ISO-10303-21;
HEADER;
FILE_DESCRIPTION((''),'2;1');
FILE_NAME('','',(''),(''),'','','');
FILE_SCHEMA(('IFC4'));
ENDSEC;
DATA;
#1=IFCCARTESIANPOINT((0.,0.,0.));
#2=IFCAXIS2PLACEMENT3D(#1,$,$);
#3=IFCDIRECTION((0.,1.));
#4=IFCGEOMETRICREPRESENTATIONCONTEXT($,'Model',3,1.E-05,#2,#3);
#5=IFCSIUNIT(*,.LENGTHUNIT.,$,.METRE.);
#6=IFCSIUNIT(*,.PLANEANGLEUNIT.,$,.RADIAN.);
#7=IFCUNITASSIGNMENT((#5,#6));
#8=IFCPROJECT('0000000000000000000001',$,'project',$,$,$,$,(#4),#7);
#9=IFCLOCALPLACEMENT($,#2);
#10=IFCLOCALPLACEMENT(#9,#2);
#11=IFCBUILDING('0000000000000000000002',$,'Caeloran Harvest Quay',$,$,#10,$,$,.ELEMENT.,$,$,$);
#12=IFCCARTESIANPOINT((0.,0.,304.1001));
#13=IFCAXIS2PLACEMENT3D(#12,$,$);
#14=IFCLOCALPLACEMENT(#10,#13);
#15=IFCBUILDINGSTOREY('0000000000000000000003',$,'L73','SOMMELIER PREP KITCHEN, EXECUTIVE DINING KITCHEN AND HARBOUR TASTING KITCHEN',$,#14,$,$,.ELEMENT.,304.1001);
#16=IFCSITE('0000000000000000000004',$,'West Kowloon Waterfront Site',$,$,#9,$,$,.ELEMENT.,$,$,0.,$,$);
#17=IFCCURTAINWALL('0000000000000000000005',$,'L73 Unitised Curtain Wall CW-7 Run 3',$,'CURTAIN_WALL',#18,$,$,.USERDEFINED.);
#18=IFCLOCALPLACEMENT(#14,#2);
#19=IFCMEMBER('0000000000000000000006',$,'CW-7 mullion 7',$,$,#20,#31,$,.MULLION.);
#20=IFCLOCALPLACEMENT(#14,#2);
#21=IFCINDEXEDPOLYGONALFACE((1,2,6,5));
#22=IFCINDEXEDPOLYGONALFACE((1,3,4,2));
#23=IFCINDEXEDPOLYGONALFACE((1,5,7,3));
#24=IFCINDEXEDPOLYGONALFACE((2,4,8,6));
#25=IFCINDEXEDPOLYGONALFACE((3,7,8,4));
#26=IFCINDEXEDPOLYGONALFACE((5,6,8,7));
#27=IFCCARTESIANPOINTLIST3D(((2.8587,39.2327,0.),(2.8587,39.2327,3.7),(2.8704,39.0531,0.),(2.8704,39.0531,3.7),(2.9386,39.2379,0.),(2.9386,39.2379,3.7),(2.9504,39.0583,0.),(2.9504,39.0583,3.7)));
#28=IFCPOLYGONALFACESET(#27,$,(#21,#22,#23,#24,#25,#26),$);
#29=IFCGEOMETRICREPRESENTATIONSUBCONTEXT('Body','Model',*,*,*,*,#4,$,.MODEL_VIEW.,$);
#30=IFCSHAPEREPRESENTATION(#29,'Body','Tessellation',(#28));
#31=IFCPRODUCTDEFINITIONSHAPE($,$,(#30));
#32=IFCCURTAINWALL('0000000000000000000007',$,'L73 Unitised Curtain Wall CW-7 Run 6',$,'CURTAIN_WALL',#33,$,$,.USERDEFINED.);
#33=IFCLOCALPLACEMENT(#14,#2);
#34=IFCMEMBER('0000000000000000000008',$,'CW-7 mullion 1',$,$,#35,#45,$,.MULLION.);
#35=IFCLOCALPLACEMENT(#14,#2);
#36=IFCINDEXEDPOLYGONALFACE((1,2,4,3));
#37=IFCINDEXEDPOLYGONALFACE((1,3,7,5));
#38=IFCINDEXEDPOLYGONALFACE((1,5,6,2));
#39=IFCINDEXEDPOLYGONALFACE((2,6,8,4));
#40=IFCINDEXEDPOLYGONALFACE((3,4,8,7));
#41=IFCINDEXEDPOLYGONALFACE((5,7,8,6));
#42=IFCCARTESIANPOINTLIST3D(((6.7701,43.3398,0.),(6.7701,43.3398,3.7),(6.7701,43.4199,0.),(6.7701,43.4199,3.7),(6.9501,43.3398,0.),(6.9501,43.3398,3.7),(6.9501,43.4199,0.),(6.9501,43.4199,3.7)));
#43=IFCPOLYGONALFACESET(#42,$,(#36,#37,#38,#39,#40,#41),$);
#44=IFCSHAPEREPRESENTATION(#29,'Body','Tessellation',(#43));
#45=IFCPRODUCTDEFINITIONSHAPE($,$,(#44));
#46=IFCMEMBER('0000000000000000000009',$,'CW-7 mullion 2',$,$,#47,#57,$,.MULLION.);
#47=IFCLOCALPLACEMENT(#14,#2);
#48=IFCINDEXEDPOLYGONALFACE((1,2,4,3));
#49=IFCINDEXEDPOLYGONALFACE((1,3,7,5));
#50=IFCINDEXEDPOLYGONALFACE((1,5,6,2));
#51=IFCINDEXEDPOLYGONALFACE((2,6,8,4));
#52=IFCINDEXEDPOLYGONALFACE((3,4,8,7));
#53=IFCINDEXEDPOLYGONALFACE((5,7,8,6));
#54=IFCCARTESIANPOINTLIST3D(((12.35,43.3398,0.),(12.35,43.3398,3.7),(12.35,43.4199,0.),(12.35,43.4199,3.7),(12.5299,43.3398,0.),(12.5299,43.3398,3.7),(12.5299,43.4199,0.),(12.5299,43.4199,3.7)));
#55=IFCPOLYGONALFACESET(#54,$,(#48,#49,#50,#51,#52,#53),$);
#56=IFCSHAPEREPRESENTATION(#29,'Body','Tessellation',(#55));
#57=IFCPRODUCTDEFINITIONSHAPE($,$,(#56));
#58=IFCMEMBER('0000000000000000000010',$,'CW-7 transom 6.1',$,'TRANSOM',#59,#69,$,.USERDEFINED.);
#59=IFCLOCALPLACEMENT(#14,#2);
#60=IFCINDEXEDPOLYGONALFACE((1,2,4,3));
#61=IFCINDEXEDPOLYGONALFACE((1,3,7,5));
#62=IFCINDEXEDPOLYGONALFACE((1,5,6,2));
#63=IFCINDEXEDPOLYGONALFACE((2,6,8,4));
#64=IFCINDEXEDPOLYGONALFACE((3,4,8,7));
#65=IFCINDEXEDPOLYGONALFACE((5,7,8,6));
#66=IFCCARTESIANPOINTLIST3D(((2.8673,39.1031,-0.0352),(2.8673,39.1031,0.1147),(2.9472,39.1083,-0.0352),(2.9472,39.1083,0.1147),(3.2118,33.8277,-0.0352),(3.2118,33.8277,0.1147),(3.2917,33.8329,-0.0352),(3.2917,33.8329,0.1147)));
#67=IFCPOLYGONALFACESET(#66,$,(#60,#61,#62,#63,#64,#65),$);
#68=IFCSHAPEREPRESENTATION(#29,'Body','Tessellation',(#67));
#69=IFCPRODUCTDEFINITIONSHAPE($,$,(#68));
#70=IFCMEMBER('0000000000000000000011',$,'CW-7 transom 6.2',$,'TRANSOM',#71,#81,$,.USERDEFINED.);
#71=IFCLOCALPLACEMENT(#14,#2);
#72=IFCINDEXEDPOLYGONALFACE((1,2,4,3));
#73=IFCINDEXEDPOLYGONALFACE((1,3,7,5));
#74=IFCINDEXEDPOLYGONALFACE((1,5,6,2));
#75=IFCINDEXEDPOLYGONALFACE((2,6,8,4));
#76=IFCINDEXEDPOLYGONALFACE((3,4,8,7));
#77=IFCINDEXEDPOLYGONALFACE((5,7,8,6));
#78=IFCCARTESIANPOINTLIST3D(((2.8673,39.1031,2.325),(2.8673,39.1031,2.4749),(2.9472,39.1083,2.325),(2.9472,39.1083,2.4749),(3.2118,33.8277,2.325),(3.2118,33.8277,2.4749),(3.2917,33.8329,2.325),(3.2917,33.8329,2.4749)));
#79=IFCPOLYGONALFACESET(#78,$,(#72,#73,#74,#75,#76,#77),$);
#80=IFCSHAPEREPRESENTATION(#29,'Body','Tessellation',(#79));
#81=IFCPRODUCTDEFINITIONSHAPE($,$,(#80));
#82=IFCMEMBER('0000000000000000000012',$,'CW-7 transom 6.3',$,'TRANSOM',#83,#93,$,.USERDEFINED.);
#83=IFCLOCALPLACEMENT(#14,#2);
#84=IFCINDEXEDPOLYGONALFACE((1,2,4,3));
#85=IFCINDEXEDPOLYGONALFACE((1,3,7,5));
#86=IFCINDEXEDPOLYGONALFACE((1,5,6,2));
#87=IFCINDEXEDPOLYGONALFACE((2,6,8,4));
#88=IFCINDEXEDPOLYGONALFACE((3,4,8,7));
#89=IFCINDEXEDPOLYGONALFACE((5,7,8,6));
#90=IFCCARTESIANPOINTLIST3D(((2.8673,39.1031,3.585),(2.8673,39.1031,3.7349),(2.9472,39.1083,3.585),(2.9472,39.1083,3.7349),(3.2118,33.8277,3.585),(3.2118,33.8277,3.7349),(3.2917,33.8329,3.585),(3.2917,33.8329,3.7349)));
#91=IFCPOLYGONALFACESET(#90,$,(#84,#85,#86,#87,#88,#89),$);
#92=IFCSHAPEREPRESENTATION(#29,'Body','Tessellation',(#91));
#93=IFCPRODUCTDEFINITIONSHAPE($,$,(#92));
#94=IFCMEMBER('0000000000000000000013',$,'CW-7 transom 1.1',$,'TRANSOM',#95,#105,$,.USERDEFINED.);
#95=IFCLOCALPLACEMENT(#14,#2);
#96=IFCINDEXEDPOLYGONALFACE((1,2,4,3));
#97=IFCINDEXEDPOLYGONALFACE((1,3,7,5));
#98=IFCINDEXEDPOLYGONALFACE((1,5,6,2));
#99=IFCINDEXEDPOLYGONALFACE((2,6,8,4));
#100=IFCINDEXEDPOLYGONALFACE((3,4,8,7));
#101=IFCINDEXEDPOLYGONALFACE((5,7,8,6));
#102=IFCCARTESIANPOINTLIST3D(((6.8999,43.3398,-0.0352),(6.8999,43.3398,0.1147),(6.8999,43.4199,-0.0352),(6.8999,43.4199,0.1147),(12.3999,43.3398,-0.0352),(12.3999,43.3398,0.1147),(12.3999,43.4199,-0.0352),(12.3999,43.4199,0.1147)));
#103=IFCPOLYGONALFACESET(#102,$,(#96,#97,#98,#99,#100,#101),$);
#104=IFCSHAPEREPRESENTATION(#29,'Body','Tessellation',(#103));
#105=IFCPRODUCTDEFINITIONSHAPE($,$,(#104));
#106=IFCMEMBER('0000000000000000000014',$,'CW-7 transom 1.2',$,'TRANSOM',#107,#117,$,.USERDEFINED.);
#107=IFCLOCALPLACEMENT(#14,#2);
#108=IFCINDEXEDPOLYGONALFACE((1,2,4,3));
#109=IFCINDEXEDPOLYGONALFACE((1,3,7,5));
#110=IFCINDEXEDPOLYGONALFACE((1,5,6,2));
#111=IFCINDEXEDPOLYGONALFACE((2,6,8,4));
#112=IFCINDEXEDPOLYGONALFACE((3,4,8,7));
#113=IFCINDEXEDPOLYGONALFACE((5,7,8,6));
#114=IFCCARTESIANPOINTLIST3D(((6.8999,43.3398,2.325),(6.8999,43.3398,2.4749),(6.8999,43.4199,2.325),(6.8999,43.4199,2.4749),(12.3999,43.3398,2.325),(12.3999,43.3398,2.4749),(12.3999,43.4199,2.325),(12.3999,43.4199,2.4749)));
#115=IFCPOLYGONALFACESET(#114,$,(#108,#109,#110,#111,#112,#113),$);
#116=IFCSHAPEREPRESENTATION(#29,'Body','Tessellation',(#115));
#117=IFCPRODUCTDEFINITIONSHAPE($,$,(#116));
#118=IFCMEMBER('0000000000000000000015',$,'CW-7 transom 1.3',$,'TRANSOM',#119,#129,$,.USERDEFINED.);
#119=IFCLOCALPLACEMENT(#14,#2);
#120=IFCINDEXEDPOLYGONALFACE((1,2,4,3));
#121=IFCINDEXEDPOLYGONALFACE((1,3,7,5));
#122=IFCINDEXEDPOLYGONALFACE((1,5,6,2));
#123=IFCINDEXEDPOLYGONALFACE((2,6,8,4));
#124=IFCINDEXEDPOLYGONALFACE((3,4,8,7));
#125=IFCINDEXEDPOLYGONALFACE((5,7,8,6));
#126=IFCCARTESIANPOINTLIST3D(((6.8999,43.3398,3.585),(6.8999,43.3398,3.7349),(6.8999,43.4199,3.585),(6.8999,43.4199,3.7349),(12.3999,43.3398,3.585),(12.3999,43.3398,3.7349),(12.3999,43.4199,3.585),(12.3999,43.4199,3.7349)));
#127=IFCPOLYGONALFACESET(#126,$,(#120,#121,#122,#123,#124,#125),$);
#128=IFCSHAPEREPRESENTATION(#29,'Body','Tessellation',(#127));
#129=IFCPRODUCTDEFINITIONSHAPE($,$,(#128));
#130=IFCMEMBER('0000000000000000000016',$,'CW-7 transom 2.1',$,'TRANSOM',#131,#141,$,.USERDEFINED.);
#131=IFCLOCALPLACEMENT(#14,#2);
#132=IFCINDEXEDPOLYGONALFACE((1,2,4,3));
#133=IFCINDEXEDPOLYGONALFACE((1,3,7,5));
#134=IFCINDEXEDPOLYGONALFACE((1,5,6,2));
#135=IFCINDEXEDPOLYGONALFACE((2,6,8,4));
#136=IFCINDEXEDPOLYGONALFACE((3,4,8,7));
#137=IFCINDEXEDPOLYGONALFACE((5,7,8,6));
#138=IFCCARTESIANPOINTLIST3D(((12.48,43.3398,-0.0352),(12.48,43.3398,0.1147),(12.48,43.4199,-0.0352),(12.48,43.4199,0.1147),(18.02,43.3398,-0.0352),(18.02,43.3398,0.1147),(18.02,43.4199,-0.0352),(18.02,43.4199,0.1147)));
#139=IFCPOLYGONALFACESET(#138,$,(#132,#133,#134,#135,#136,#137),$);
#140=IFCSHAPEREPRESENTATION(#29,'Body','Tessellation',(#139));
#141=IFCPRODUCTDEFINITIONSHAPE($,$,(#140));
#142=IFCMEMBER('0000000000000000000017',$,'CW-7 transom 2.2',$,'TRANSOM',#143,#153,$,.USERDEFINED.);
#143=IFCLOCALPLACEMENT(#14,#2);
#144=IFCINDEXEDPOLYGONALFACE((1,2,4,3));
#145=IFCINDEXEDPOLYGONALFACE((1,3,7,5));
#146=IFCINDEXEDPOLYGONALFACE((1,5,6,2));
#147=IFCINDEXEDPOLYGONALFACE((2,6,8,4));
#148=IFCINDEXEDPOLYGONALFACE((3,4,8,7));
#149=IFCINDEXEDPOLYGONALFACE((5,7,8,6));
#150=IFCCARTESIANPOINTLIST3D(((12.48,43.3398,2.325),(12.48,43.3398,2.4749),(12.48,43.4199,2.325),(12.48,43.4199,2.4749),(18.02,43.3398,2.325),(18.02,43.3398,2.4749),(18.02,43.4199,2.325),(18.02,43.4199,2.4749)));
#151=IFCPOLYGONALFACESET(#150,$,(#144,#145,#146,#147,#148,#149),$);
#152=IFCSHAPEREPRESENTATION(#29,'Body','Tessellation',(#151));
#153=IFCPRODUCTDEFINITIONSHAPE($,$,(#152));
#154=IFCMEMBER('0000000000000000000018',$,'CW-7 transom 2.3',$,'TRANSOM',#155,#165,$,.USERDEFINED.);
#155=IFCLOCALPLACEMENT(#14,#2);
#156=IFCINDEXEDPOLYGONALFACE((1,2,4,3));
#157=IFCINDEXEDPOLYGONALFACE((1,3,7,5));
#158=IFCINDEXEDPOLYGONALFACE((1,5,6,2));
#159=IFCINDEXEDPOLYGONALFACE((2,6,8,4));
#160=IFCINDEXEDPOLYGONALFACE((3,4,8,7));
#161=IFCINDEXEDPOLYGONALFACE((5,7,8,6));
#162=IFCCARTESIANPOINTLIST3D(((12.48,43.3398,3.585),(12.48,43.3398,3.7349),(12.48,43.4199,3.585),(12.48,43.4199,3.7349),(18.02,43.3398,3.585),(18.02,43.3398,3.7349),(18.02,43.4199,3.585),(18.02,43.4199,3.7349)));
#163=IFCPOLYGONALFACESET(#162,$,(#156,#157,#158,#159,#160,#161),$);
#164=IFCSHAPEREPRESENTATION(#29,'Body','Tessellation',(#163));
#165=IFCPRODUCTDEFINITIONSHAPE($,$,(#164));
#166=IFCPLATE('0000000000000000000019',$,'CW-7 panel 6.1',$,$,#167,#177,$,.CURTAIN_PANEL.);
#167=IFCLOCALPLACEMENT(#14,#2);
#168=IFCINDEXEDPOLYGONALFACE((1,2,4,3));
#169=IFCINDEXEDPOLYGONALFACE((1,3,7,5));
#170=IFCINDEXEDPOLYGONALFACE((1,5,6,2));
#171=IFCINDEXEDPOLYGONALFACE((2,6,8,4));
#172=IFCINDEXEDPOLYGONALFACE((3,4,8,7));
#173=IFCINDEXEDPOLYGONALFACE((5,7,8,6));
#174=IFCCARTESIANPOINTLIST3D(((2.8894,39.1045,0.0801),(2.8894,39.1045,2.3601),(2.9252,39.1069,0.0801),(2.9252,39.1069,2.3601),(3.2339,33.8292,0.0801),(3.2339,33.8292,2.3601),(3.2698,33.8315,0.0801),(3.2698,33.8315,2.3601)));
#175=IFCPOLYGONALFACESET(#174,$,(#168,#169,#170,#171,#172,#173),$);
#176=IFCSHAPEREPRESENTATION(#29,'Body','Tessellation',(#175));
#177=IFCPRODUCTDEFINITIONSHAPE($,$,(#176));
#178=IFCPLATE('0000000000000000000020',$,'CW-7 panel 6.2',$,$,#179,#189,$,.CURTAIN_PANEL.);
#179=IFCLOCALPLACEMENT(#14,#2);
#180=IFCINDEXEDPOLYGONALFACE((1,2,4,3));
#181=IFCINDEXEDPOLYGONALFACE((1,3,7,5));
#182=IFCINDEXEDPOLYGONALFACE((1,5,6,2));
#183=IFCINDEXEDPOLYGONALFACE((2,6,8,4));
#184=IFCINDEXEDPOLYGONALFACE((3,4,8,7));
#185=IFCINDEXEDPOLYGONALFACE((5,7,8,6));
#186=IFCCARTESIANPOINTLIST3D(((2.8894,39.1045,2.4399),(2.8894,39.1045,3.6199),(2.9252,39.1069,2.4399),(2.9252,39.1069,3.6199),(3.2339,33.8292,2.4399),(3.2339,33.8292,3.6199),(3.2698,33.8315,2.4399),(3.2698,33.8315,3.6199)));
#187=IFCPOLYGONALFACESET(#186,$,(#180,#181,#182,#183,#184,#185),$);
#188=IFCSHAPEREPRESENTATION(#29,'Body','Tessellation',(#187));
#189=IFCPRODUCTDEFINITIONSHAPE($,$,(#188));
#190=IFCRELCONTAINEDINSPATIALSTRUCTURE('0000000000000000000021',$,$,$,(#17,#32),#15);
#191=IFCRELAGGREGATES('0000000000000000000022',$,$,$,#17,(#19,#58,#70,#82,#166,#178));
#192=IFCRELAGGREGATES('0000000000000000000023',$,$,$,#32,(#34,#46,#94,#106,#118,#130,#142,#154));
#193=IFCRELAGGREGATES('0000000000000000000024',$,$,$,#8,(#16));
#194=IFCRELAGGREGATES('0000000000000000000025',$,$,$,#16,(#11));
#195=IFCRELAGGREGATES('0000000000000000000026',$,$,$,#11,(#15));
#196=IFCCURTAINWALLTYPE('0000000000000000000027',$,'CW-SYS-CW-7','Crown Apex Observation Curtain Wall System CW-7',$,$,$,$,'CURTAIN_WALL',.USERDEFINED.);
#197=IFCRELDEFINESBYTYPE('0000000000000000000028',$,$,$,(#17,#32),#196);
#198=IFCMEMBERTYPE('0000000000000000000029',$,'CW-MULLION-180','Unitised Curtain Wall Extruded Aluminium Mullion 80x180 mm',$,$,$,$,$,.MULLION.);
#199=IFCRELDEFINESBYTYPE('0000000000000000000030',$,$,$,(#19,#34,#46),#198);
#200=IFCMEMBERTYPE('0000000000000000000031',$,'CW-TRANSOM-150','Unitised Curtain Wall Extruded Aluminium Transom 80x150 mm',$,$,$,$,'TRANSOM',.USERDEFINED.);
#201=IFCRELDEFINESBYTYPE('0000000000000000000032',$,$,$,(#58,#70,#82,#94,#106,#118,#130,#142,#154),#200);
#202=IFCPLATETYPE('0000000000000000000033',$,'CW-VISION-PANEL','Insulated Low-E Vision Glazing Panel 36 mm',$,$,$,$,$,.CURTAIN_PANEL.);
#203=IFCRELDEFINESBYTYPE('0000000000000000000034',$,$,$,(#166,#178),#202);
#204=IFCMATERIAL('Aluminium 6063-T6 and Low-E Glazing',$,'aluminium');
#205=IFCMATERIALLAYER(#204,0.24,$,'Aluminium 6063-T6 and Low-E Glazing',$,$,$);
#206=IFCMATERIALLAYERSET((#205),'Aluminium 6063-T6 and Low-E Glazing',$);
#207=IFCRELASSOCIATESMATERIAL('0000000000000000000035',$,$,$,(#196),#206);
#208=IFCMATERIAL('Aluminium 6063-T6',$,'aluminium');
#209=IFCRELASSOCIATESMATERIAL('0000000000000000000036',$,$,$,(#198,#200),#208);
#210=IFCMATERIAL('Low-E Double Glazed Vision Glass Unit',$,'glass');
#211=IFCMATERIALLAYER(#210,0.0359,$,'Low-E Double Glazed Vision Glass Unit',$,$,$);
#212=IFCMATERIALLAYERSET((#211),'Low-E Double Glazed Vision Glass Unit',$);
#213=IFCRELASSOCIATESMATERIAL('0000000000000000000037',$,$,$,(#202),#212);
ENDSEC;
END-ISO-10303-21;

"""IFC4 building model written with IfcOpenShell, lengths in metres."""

from ifc_helpers import new_model, si_unit, direction, frame, origin, origin_2d, place, context, subcontext, project, spatial, rectangle, extrude, material, layer, layer_set, material_profile, profile_set, type_object, element, aggregate, save


model = new_model("IFC4")

# Units and contexts
model_context = context("Model", 3, precision=1e-05, world=origin(), true_north=direction((0.0, 1.0)))
body_context = subcontext(model_context, "Body", "Model", "MODEL_VIEW")
ifc_project = project(units=[si_unit("LENGTHUNIT", "METRE"), si_unit("PLANEANGLEUNIT", "RADIAN")], contexts=[model_context])

# Site, building, storey
site_placement = place(None, origin())
site = spatial("IfcSite", under=ifc_project, at=site_placement, Name="West Kowloon Waterfront Site", CompositionType="ELEMENT", RefElevation=0.0)
building_placement = place(site_placement, origin())
building = spatial("IfcBuilding", under=site, at=building_placement, Name="Caeloran Harvest Quay", CompositionType="ELEMENT")
storey_placement = place(building_placement, frame((0.0, 0.0, 304.1001)))
storey = spatial("IfcBuildingStorey", under=building, at=storey_placement, Name="L73", Description="SOMMELIER PREP KITCHEN, EXECUTIVE DINING KITCHEN AND HARBOUR TASTING KITCHEN", CompositionType="ELEMENT", Elevation=304.1001)

# Curtain wall, member
ifc_material_1 = material(Name="Aluminium 6063-T6 and Low-E Glazing", Category="aluminium")
ifc_layer_1 = layer(ifc_material_1, 0.24, Name="Aluminium 6063-T6 and Low-E Glazing")
ifc_layer_set_1 = layer_set([ifc_layer_1], Name="Aluminium 6063-T6 and Low-E Glazing")
curtain_wall_type = type_object("IfcCurtainWallType", Name="CW-SYS-CW-7", Description="Crown Apex Observation Curtain Wall System CW-7", ElementType="CURTAIN_WALL", PredefinedType="USERDEFINED", material=ifc_layer_set_1)
curtain_wall_1_placement = place(storey_placement, origin())
curtain_wall_1 = element("IfcCurtainWall", 1, at=curtain_wall_1_placement, inside=storey, type_object=curtain_wall_type, Name="L73 Unitised Curtain Wall CW-7 Run 3", ObjectType="CURTAIN_WALL", PredefinedType="USERDEFINED")
ifc_material_2 = material(Name="Aluminium 6063-T6", Category="aluminium")
ifc_material_profile_1 = material_profile(ifc_material_2, rectangle(XDim=0.0801, YDim=0.1799, at=origin_2d()), Name="CW-MULLION-180")
ifc_profile_set_1 = profile_set([ifc_material_profile_1], Name="Aluminium 6063-T6")
member_type_1 = type_object("IfcMemberType", Name="CW-MULLION-180", Description="Unitised Curtain Wall Extruded Aluminium Mullion 80x180 mm", PredefinedType="MULLION", material=ifc_profile_set_1)
member_1_placement = place(storey_placement, frame((2.9045, 39.1455, 0.0), z_axis=(0.0, 0.0, 1.0), x_axis=(-0.997874, -0.065167, 0.0)))
member_1 = element("IfcMember", 2, at=member_1_placement, type_object=member_type_1, Name="CW-7 mullion 7", PredefinedType="MULLION", context=body_context, shape_type="SweptSolid", body=[
    extrude(rectangle(XDim=0.0801, YDim=0.1799, at=origin_2d()), origin(), (0.0, 0.0, 1.0), 3.7),
])

# Curtain wall, members
curtain_wall_2_placement = place(storey_placement, origin())
curtain_wall_2 = element("IfcCurtainWall", 3, at=curtain_wall_2_placement, inside=storey, type_object=curtain_wall_type, Name="L73 Unitised Curtain Wall CW-7 Run 6", ObjectType="CURTAIN_WALL", PredefinedType="USERDEFINED")
member_2_placement = place(storey_placement, frame((6.8601, 43.3799, 0.0), z_axis=(0.0, 0.0, 1.0), x_axis=(0.0, 1.0, 0.0)))
member_2 = element("IfcMember", 4, at=member_2_placement, type_object=member_type_1, Name="CW-7 mullion 1", PredefinedType="MULLION", context=body_context, shape_type="SweptSolid", body=[
    extrude(rectangle(XDim=0.0801, YDim=0.1799, at=origin_2d()), origin(), (0.0, 0.0, 1.0), 3.7),
])
member_3_placement = place(storey_placement, frame((12.4399, 43.3799, 0.0), z_axis=(0.0, 0.0, 1.0), x_axis=(0.0, 1.0, 0.0)))
member_3 = element("IfcMember", 5, at=member_3_placement, type_object=member_type_1, Name="CW-7 mullion 2", PredefinedType="MULLION", context=body_context, shape_type="SweptSolid", body=[
    extrude(rectangle(XDim=0.0801, YDim=0.1799, at=origin_2d()), origin(), (0.0, 0.0, 1.0), 3.7),
])

# Members
ifc_material_profile_2 = material_profile(ifc_material_2, rectangle(XDim=0.0801, YDim=0.1499, at=origin_2d()), Name="CW-TRANSOM-150")
ifc_profile_set_2 = profile_set([ifc_material_profile_2], Name="Aluminium 6063-T6")
member_type_2 = type_object("IfcMemberType", Name="CW-TRANSOM-150", Description="Unitised Curtain Wall Extruded Aluminium Transom 80x150 mm", ElementType="TRANSOM", PredefinedType="USERDEFINED", material=ifc_profile_set_2)
member_4_placement = place(storey_placement, frame((3.2517, 33.8303, 0.0398), z_axis=(-0.065161, 0.997875, 0.0), x_axis=(-0.997875, -0.065161, 0.0)))
member_4 = element("IfcMember", 6, at=member_4_placement, type_object=member_type_2, Name="CW-7 transom 6.1", ObjectType="TRANSOM", PredefinedType="USERDEFINED", context=body_context, shape_type="SweptSolid", body=[
    extrude(rectangle(XDim=0.0801, YDim=0.1499, at=origin_2d()), origin(), (0.0, 0.0, 1.0), 5.2866),
])
member_5_placement = place(storey_placement, frame((3.2517, 33.8303, 2.3999), z_axis=(-0.065161, 0.997875, 0.0), x_axis=(-0.997875, -0.065161, 0.0)))
member_5 = element("IfcMember", 7, at=member_5_placement, type_object=member_type_2, Name="CW-7 transom 6.2", ObjectType="TRANSOM", PredefinedType="USERDEFINED", context=body_context, shape_type="SweptSolid", body=[
    extrude(rectangle(XDim=0.0801, YDim=0.1499, at=origin_2d()), origin(), (0.0, 0.0, 1.0), 5.2866),
])
member_6_placement = place(storey_placement, frame((3.2517, 33.8303, 3.6599), z_axis=(-0.065161, 0.997875, 0.0), x_axis=(-0.997875, -0.065161, 0.0)))
member_6 = element("IfcMember", 8, at=member_6_placement, type_object=member_type_2, Name="CW-7 transom 6.3", ObjectType="TRANSOM", PredefinedType="USERDEFINED", context=body_context, shape_type="SweptSolid", body=[
    extrude(rectangle(XDim=0.0801, YDim=0.1499, at=origin_2d()), origin(), (0.0, 0.0, 1.0), 5.2866),
])
member_7_placement = place(storey_placement, frame((6.8999, 43.3799, 0.0398), z_axis=(1.0, 0.0, 0.0), x_axis=(0.0, 1.0, 0.0)))
member_7 = element("IfcMember", 9, at=member_7_placement, type_object=member_type_2, Name="CW-7 transom 1.1", ObjectType="TRANSOM", PredefinedType="USERDEFINED", context=body_context, shape_type="SweptSolid", body=[
    extrude(rectangle(XDim=0.0801, YDim=0.1499, at=origin_2d()), origin(), (0.0, 0.0, 1.0), 5.5),
])
member_8_placement = place(storey_placement, frame((6.8999, 43.3799, 2.3999), z_axis=(1.0, 0.0, 0.0), x_axis=(0.0, 1.0, 0.0)))
member_8 = element("IfcMember", 10, at=member_8_placement, type_object=member_type_2, Name="CW-7 transom 1.2", ObjectType="TRANSOM", PredefinedType="USERDEFINED", context=body_context, shape_type="SweptSolid", body=[
    extrude(rectangle(XDim=0.0801, YDim=0.1499, at=origin_2d()), origin(), (0.0, 0.0, 1.0), 5.5),
])
member_9_placement = place(storey_placement, frame((6.8999, 43.3799, 3.6599), z_axis=(1.0, 0.0, 0.0), x_axis=(0.0, 1.0, 0.0)))
member_9 = element("IfcMember", 11, at=member_9_placement, type_object=member_type_2, Name="CW-7 transom 1.3", ObjectType="TRANSOM", PredefinedType="USERDEFINED", context=body_context, shape_type="SweptSolid", body=[
    extrude(rectangle(XDim=0.0801, YDim=0.1499, at=origin_2d()), origin(), (0.0, 0.0, 1.0), 5.5),
])
member_10_placement = place(storey_placement, frame((12.48, 43.3799, 0.0398), z_axis=(1.0, 0.0, 0.0), x_axis=(0.0, 1.0, 0.0)))
member_10 = element("IfcMember", 12, at=member_10_placement, type_object=member_type_2, Name="CW-7 transom 2.1", ObjectType="TRANSOM", PredefinedType="USERDEFINED", context=body_context, shape_type="SweptSolid", body=[
    extrude(rectangle(XDim=0.0801, YDim=0.1499, at=origin_2d()), origin(), (0.0, 0.0, 1.0), 5.54),
])
member_11_placement = place(storey_placement, frame((12.48, 43.3799, 2.3999), z_axis=(1.0, 0.0, 0.0), x_axis=(0.0, 1.0, 0.0)))
member_11 = element("IfcMember", 13, at=member_11_placement, type_object=member_type_2, Name="CW-7 transom 2.2", ObjectType="TRANSOM", PredefinedType="USERDEFINED", context=body_context, shape_type="SweptSolid", body=[
    extrude(rectangle(XDim=0.0801, YDim=0.1499, at=origin_2d()), origin(), (0.0, 0.0, 1.0), 5.54),
])
member_12_placement = place(storey_placement, frame((12.48, 43.3799, 3.6599), z_axis=(1.0, 0.0, 0.0), x_axis=(0.0, 1.0, 0.0)))
member_12 = element("IfcMember", 14, at=member_12_placement, type_object=member_type_2, Name="CW-7 transom 2.3", ObjectType="TRANSOM", PredefinedType="USERDEFINED", context=body_context, shape_type="SweptSolid", body=[
    extrude(rectangle(XDim=0.0801, YDim=0.1499, at=origin_2d()), origin(), (0.0, 0.0, 1.0), 5.54),
])

# Plates
ifc_material_3 = material(Name="Low-E Double Glazed Vision Glass Unit", Category="glass")
ifc_layer_2 = layer(ifc_material_3, 0.0359, Name="Low-E Double Glazed Vision Glass Unit")
ifc_layer_set_2 = layer_set([ifc_layer_2], Name="Low-E Double Glazed Vision Glass Unit")
plate_type = type_object("IfcPlateType", Name="CW-VISION-PANEL", Description="Insulated Low-E Vision Glazing Panel 36 mm", PredefinedType="CURTAIN_PANEL", material=ifc_layer_set_2)
plate_1_placement = place(storey_placement, frame((3.0796, 36.468, 0.0801), z_axis=(0.0, 0.0, 1.0), x_axis=(-0.065167, 0.997874, 0.0)))
plate_1 = element("IfcPlate", 15, at=plate_1_placement, type_object=plate_type, Name="CW-7 panel 6.1", PredefinedType="CURTAIN_PANEL", context=body_context, shape_type="SweptSolid", body=[
    extrude(rectangle(XDim=5.2866, YDim=0.0359, at=origin_2d()), origin(), (0.0, 0.0, 1.0), 2.28),
])
plate_2_placement = place(storey_placement, frame((3.0796, 36.468, 2.4399), z_axis=(0.0, 0.0, 1.0), x_axis=(-0.065167, 0.997874, 0.0)))
plate_2 = element("IfcPlate", 16, at=plate_2_placement, type_object=plate_type, Name="CW-7 panel 6.2", PredefinedType="CURTAIN_PANEL", context=body_context, shape_type="SweptSolid", body=[
    extrude(rectangle(XDim=5.2866, YDim=0.0359, at=origin_2d()), origin(), (0.0, 0.0, 1.0), 1.1799),
])
aggregate(curtain_wall_1, [member_1, member_4, member_5, member_6, plate_1, plate_2])
aggregate(curtain_wall_2, [member_2, member_3, member_7, member_8, member_9, member_10, member_11, member_12])

save(model, "model.ifc")
